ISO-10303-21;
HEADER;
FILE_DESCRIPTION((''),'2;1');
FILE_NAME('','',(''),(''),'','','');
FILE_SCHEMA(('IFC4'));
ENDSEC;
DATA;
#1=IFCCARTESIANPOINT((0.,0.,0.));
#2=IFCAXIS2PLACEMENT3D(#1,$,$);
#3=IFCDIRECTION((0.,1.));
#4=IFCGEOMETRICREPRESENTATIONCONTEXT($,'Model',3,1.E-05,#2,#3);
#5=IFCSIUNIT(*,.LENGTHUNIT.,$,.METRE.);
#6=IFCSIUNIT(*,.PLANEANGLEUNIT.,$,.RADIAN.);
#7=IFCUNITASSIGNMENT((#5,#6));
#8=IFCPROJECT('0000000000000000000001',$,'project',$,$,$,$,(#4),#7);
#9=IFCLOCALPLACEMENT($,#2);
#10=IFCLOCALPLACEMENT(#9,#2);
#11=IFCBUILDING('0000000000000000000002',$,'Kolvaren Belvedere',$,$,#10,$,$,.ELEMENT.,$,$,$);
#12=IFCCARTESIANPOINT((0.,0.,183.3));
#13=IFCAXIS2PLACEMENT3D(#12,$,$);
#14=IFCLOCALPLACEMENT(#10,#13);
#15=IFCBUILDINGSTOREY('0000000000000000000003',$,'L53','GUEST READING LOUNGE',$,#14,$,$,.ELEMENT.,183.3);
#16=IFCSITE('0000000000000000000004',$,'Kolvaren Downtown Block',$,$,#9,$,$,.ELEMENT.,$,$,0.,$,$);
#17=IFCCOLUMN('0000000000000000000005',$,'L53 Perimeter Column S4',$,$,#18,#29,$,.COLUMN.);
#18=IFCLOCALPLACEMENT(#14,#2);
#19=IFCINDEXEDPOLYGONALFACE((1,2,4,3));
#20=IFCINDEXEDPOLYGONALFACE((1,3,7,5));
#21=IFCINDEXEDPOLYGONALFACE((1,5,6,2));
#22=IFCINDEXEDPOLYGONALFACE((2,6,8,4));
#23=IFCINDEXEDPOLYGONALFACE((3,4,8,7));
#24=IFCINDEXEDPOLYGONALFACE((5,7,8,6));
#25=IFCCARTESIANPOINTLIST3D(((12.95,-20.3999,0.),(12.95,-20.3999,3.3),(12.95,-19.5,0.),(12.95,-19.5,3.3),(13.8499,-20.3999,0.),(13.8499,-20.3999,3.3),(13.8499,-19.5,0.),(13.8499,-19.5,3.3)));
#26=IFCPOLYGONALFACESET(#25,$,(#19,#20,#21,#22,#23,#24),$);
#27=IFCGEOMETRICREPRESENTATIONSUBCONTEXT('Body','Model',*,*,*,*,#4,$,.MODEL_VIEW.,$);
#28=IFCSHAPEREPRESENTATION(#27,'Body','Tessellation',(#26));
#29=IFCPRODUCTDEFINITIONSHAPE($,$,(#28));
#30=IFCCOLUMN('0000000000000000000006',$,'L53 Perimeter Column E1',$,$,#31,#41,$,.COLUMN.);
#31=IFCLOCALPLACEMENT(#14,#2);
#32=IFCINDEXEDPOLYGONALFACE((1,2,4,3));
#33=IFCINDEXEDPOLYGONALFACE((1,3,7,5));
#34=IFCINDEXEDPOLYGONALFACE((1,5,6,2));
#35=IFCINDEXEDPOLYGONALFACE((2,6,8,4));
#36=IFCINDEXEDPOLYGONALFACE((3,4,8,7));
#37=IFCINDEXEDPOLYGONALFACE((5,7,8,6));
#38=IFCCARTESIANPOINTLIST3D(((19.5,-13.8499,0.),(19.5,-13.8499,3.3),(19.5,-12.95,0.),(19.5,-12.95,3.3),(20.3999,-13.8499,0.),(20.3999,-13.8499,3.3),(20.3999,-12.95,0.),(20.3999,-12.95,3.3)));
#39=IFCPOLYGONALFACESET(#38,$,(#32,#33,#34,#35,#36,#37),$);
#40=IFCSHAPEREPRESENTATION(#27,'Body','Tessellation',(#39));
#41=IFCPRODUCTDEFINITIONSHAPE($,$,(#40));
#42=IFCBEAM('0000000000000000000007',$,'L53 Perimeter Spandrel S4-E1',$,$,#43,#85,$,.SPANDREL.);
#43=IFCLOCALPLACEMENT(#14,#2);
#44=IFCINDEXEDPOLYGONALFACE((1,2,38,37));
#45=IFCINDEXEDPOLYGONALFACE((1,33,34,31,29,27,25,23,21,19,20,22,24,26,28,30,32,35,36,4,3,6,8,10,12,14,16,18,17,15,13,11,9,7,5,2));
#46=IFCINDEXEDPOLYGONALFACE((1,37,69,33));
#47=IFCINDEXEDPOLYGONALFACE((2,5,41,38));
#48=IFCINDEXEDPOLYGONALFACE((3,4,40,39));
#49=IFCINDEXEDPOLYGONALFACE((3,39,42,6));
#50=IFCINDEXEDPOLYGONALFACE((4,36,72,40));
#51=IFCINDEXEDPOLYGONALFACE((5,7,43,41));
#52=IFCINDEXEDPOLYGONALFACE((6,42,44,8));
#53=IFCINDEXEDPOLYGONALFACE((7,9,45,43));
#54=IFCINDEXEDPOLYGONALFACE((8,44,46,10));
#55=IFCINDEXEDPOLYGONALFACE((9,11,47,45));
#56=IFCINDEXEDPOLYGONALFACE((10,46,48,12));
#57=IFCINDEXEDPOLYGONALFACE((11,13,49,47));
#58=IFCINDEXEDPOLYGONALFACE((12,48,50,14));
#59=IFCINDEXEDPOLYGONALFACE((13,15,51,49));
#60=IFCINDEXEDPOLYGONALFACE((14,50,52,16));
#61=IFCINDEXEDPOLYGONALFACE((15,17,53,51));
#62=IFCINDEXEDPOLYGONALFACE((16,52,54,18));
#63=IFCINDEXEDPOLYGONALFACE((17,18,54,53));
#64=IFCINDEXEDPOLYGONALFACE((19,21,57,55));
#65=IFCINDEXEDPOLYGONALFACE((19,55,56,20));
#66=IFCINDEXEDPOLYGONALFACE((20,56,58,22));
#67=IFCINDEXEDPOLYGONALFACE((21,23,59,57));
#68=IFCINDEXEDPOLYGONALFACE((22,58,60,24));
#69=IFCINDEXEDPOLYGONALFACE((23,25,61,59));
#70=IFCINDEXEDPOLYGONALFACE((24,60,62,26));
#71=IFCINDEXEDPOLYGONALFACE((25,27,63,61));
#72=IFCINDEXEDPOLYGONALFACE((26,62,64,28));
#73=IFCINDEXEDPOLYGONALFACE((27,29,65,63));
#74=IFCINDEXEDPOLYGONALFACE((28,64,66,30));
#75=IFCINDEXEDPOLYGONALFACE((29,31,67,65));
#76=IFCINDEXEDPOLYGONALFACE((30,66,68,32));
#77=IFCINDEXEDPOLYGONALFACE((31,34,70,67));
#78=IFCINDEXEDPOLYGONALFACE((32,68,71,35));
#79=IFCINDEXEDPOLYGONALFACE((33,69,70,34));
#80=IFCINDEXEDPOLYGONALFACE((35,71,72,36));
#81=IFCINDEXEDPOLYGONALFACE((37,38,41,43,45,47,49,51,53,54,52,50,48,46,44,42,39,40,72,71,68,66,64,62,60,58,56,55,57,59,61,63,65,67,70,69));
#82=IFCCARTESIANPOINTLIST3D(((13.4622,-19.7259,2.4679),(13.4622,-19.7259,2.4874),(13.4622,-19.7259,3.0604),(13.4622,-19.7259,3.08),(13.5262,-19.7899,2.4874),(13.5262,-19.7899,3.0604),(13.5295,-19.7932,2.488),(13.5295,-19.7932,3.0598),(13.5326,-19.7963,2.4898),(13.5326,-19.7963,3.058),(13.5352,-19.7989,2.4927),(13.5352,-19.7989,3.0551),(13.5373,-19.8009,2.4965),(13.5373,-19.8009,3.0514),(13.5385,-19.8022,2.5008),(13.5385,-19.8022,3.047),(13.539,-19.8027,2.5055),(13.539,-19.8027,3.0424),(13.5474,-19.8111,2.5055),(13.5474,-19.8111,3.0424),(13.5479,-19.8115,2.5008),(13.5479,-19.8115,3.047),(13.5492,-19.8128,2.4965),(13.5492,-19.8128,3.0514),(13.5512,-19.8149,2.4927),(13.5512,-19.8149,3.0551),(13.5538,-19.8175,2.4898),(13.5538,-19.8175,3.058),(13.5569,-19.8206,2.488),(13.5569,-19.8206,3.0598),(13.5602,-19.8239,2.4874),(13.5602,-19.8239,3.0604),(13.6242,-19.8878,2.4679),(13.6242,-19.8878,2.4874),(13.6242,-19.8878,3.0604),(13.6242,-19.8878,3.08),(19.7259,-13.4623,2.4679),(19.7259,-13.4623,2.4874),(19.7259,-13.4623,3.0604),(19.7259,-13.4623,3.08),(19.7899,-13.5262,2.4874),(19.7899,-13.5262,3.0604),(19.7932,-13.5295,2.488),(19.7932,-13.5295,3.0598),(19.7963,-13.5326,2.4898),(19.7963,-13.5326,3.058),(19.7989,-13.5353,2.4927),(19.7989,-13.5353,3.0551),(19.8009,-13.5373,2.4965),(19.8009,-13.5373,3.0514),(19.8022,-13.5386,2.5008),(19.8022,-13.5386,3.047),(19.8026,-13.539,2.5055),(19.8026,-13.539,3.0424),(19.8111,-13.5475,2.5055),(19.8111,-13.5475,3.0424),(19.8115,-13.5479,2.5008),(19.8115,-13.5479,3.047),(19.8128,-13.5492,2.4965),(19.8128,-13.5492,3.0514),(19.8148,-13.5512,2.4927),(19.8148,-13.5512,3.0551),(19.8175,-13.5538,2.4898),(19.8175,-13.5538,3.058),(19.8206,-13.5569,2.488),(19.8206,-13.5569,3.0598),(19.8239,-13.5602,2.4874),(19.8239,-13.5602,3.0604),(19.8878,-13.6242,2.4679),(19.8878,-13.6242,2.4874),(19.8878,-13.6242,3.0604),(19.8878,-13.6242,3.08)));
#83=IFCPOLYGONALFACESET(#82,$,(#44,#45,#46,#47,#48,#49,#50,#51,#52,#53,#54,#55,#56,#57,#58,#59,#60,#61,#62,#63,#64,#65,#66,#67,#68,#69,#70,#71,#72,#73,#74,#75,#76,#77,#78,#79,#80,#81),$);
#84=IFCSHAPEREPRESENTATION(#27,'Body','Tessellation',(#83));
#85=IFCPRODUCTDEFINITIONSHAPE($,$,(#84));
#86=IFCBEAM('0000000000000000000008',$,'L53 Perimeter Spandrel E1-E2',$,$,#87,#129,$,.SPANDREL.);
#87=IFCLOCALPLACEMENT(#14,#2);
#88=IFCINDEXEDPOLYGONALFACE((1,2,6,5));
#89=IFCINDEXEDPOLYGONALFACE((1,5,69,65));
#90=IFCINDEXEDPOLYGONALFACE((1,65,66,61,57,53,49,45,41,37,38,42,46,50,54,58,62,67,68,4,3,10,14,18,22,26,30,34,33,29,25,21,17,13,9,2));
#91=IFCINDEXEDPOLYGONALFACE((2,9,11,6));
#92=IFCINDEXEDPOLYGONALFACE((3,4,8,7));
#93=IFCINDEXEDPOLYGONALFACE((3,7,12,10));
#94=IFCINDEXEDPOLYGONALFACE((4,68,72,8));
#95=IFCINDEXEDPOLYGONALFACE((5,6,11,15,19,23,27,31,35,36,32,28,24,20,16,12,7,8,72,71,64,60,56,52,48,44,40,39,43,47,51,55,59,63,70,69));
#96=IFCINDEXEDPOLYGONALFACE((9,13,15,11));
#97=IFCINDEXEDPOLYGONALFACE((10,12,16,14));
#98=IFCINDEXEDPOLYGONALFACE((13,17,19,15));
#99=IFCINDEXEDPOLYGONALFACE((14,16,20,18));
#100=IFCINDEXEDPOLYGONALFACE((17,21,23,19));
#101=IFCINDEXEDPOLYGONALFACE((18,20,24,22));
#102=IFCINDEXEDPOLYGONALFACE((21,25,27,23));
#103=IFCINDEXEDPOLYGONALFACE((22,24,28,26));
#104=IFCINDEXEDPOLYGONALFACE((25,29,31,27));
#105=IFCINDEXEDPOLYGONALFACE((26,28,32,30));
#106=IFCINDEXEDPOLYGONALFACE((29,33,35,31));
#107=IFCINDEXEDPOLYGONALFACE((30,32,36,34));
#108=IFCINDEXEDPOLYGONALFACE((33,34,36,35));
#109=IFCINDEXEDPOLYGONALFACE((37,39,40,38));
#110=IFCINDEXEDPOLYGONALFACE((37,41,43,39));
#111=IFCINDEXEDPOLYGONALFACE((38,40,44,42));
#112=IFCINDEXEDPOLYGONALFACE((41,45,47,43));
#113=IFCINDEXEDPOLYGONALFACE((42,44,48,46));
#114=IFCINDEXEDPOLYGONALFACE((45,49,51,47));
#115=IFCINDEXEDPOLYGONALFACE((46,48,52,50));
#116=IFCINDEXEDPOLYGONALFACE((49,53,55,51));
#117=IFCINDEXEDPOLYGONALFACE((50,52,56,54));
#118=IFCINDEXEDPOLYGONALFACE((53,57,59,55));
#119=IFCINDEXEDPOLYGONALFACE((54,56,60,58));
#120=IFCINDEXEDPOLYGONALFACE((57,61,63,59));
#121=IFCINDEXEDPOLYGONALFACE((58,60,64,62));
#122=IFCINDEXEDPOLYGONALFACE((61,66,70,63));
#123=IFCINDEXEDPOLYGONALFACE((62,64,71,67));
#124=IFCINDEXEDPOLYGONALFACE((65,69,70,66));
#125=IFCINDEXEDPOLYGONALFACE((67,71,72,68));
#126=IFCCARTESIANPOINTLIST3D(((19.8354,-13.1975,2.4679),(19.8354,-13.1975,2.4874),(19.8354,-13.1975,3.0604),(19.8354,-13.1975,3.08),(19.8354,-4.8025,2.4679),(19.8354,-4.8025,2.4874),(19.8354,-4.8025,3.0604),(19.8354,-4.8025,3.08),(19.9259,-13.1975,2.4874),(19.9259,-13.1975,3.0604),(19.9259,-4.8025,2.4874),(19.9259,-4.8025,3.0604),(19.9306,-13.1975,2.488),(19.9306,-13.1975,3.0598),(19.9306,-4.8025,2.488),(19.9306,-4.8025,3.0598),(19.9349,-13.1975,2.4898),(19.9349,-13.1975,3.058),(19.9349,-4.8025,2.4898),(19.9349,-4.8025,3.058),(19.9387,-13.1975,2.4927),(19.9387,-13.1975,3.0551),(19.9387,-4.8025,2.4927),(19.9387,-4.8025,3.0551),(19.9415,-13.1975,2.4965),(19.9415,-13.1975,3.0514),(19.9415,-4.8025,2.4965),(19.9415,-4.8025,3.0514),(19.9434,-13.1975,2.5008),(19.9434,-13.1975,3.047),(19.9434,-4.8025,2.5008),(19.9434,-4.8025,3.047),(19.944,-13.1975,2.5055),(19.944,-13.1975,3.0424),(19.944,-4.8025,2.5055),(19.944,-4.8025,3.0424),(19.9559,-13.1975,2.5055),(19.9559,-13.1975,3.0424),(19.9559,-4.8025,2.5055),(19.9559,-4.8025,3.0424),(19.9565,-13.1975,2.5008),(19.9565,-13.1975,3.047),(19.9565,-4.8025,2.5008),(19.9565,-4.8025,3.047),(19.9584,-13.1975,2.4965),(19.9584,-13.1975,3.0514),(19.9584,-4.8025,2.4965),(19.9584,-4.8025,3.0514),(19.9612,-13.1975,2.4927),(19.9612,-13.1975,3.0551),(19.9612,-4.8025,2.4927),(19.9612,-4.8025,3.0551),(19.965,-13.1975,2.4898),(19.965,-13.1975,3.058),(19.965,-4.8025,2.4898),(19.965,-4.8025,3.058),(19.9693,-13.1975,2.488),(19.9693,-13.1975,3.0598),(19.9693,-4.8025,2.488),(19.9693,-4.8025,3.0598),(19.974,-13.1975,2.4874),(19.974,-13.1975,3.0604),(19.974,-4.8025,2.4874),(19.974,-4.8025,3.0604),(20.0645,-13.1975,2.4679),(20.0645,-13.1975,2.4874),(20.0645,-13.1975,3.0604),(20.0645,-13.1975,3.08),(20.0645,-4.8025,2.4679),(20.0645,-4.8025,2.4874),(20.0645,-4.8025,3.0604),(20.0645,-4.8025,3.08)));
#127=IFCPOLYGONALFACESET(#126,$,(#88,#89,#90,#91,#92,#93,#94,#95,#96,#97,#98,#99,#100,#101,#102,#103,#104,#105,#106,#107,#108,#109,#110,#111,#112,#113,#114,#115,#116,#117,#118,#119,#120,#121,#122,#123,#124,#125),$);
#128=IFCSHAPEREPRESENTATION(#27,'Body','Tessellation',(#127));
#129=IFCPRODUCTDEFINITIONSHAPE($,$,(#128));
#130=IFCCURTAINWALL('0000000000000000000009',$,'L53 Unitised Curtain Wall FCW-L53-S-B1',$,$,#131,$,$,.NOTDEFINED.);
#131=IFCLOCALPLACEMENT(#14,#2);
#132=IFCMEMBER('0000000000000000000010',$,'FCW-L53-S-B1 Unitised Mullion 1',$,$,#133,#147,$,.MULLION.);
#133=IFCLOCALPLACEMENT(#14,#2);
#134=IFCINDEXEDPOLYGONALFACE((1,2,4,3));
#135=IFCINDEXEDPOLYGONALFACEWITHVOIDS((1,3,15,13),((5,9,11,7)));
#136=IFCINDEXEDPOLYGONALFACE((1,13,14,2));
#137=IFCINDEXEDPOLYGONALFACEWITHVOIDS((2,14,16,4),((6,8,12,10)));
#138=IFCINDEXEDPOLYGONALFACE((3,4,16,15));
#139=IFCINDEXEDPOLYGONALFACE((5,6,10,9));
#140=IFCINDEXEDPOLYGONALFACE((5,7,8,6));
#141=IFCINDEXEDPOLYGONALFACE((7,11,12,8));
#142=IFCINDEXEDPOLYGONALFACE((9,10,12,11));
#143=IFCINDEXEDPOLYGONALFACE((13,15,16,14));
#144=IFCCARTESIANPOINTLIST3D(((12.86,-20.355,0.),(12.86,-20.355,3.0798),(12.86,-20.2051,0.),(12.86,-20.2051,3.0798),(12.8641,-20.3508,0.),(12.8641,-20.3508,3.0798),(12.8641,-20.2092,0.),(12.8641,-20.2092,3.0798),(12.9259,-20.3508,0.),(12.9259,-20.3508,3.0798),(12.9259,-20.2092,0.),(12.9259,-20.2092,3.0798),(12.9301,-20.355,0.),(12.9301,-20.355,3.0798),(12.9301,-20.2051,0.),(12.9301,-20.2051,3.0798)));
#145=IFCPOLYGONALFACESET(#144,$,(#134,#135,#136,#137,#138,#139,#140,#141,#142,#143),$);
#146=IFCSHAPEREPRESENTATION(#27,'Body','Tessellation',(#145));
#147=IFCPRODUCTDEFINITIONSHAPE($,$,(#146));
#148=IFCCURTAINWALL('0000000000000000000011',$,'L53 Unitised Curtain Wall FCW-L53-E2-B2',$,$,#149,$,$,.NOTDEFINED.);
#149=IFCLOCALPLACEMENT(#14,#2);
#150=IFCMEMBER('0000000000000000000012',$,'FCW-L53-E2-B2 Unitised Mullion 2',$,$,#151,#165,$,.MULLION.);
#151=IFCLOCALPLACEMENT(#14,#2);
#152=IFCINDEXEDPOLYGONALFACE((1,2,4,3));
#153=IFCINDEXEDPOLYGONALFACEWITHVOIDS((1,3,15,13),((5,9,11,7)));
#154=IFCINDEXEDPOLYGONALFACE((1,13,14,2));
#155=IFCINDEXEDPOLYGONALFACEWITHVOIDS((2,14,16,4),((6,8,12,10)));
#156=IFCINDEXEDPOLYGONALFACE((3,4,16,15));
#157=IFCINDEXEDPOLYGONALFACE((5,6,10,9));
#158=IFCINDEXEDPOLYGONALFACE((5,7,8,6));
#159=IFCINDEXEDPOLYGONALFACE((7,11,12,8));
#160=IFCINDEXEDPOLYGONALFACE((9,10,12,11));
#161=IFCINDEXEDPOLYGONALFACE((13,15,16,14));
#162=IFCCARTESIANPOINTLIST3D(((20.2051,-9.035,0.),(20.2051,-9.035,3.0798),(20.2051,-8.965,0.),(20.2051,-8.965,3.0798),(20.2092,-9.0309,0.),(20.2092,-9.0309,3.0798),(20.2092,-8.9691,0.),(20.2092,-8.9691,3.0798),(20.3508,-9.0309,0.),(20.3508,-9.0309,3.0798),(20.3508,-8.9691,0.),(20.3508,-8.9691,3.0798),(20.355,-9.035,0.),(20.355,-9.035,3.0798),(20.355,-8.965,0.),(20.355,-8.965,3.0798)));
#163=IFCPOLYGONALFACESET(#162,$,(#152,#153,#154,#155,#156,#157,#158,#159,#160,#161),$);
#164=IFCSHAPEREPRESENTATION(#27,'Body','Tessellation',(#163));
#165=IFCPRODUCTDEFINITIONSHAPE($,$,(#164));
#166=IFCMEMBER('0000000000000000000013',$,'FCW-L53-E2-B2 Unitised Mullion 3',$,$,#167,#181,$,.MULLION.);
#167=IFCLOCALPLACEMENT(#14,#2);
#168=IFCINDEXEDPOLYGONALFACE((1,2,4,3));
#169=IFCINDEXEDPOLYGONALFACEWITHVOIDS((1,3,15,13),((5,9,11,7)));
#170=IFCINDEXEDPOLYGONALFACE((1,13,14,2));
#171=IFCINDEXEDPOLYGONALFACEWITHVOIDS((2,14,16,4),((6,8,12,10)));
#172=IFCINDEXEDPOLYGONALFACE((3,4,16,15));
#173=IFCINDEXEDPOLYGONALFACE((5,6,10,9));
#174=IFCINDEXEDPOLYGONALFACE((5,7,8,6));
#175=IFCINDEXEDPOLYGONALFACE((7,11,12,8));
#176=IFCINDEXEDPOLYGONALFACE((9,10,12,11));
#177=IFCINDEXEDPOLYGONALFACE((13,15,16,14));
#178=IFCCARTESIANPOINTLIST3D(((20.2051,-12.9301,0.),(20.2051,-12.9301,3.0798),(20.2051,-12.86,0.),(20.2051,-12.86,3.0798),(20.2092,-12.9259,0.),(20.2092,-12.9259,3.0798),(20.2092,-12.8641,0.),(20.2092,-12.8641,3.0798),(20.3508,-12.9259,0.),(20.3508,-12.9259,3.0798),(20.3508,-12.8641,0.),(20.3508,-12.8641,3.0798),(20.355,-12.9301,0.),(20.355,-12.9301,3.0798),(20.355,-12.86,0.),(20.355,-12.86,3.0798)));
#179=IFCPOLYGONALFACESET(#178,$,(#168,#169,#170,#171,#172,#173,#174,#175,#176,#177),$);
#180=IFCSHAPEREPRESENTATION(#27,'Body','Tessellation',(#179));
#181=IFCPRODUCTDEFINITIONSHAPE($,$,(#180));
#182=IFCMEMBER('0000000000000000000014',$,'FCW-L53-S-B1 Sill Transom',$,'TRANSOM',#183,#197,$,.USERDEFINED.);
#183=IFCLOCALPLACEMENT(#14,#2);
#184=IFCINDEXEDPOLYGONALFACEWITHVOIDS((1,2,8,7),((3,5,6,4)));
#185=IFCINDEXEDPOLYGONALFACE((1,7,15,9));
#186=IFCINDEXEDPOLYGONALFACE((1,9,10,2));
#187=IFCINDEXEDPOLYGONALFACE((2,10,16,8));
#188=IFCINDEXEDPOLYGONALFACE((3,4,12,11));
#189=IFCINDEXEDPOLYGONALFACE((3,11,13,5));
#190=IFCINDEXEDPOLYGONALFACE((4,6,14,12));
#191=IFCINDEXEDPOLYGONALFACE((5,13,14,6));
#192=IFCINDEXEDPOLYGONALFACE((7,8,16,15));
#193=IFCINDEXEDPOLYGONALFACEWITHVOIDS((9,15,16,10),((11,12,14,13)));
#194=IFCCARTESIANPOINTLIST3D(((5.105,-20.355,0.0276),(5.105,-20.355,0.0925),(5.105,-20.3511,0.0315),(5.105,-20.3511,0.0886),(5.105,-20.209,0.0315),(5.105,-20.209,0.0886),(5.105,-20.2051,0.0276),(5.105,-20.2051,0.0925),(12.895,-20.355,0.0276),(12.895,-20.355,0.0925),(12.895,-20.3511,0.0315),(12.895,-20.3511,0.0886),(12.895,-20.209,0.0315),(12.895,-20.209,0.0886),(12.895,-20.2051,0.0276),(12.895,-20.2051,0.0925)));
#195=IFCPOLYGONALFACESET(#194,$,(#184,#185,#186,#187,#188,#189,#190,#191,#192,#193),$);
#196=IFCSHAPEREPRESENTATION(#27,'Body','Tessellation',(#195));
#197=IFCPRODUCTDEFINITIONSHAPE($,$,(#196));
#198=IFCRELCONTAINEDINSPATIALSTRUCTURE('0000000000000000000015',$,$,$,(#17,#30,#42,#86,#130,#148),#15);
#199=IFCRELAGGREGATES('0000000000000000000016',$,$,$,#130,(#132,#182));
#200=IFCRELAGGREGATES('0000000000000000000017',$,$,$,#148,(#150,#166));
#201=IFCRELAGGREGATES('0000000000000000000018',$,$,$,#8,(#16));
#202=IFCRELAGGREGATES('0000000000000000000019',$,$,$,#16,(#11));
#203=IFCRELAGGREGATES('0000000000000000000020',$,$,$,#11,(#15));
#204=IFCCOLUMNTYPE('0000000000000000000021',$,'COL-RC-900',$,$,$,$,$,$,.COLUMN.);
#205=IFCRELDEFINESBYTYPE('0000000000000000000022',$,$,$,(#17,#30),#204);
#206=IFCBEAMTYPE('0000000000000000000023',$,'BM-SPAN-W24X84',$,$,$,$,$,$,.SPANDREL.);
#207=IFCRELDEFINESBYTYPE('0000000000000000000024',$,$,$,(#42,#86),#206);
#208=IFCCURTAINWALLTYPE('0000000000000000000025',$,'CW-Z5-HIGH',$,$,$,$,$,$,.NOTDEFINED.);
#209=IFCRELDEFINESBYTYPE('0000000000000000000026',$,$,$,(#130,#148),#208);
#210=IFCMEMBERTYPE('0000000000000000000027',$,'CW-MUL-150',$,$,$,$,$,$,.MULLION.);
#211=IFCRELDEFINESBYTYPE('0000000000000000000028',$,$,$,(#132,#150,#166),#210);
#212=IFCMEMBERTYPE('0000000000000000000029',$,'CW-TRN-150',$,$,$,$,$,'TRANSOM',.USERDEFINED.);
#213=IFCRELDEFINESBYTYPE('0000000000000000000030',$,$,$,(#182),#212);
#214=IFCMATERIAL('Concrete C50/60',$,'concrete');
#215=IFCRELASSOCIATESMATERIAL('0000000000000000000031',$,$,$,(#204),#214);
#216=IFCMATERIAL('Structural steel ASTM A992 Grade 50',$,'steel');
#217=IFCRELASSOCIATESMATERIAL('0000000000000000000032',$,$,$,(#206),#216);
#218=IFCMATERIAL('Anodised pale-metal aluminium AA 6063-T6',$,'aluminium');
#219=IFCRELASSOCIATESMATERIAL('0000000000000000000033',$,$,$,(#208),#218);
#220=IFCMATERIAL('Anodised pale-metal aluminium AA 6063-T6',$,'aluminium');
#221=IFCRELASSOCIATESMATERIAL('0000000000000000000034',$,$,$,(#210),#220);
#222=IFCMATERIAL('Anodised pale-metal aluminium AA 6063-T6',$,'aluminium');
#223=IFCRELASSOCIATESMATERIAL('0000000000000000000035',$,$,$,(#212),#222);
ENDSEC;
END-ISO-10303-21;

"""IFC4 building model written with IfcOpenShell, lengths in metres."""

from ifc_helpers import new_model, si_unit, direction, frame, origin, origin_2d, place, context, subcontext, project, spatial, rectangle, hollow_rectangle, i_section, extrude, material, material_profile, profile_set, type_object, element, aggregate, save


model = new_model("IFC4")

# Units and contexts
model_context = context("Model", 3, precision=1e-05, world=origin(), true_north=direction((0.0, 1.0)))
body_context = subcontext(model_context, "Body", "Model", "MODEL_VIEW")
ifc_project = project(units=[si_unit("LENGTHUNIT", "METRE"), si_unit("PLANEANGLEUNIT", "RADIAN")], contexts=[model_context])

# Site, building, storey
site_placement = place(None, origin())
site = spatial("IfcSite", under=ifc_project, at=site_placement, Name="Kolvaren Downtown Block", CompositionType="ELEMENT", RefElevation=0.0)
building_placement = place(site_placement, origin())
building = spatial("IfcBuilding", under=site, at=building_placement, Name="Kolvaren Belvedere", CompositionType="ELEMENT")
storey_placement = place(building_placement, frame((0.0, 0.0, 183.3)))
storey = spatial("IfcBuildingStorey", under=building, at=storey_placement, Name="L53", Description="GUEST READING LOUNGE", CompositionType="ELEMENT", Elevation=183.3)

# Columns
ifc_material_1 = material(Name="Concrete C50/60", Category="concrete")
ifc_material_profile_1 = material_profile(ifc_material_1, rectangle(XDim=0.8999, YDim=0.8999, at=origin_2d()), Name="RC 900X900")
ifc_profile_set_1 = profile_set([ifc_material_profile_1], Name="Concrete C50/60")
column_type = type_object("IfcColumnType", Name="COL-RC-900", PredefinedType="COLUMN", material=ifc_profile_set_1)
for number, where, z_axis, x_axis, name in (
    (1, (13.3999, -19.95, 0.0), (0.0, 0.0, 1.0), (1.0, 0.0, 0.0), "L53 Perimeter Column S4"),
    (2, (19.95, -13.3999, 0.0), (0.0, 0.0, 1.0), (1.0, 0.0, 0.0), "L53 Perimeter Column E1"),
):
    element("IfcColumn", number, at=place(storey_placement, frame(where, z_axis=z_axis, x_axis=x_axis)), inside=storey, type_object=column_type, Name=name, PredefinedType="COLUMN", context=body_context, shape_type="SweptSolid", body=[
        extrude(rectangle(XDim=0.8999, YDim=0.8999, at=origin_2d()), origin(), (0.0, 0.0, 1.0), 3.3),
    ])

# Beams
ifc_material_2 = material(Name="Structural steel ASTM A992 Grade 50", Category="steel")
ifc_material_profile_2 = material_profile(ifc_material_2, i_section(OverallWidth=0.229, OverallDepth=0.6121, WebThickness=0.012, FlangeThickness=0.0195, FilletRadius=0.0181, at=origin_2d()), Name="W24X84")
ifc_profile_set_2 = profile_set([ifc_material_profile_2], Name="Structural steel ASTM A992 Grade 50")
beam_type = type_object("IfcBeamType", Name="BM-SPAN-W24X84", PredefinedType="SPANDREL", material=ifc_profile_set_2)
beam_1_placement = place(storey_placement, frame((13.5432, -19.8069, 2.7739), z_axis=(0.707107, 0.707107, 0.0), x_axis=(-0.707107, 0.707107, 0.0)))
element("IfcBeam", 3, at=beam_1_placement, inside=storey, type_object=beam_type, Name="L53 Perimeter Spandrel S4-E1", PredefinedType="SPANDREL", context=body_context, shape_type="SweptSolid", body=[
    extrude(i_section(OverallWidth=0.229, OverallDepth=0.6121, WebThickness=0.012, FlangeThickness=0.0195, FilletRadius=0.0181, at=origin_2d()), origin(), (0.0, 0.0, 1.0), 8.8582),
])
beam_2_placement = place(storey_placement, frame((19.95, -13.1975, 2.7739), z_axis=(0.0, 1.0, 0.0), x_axis=(-1.0, 0.0, 0.0)))
element("IfcBeam", 4, at=beam_2_placement, inside=storey, type_object=beam_type, Name="L53 Perimeter Spandrel E1-E2", PredefinedType="SPANDREL", context=body_context, shape_type="SweptSolid", body=[
    extrude(i_section(OverallWidth=0.229, OverallDepth=0.6121, WebThickness=0.012, FlangeThickness=0.0195, FilletRadius=0.0181, at=origin_2d()), origin(), (0.0, 0.0, 1.0), 8.395),
])

# Curtain wall, member
ifc_material_3 = material(Name="Anodised pale-metal aluminium AA 6063-T6", Category="aluminium")
curtain_wall_type = type_object("IfcCurtainWallType", Name="CW-Z5-HIGH", PredefinedType="NOTDEFINED", material=ifc_material_3)
curtain_wall_1_placement = place(storey_placement, origin())
curtain_wall_1 = element("IfcCurtainWall", 5, at=curtain_wall_1_placement, inside=storey, type_object=curtain_wall_type, Name="L53 Unitised Curtain Wall FCW-L53-S-B1", PredefinedType="NOTDEFINED")
ifc_material_4 = material(Name="Anodised pale-metal aluminium AA 6063-T6", Category="aluminium")
ifc_material_profile_3 = material_profile(ifc_material_4, hollow_rectangle(XDim=0.0701, YDim=0.1499, WallThickness=0.0042, at=origin_2d()), Name="ALU-MUL-150X70")
ifc_profile_set_3 = profile_set([ifc_material_profile_3], Name="Anodised pale-metal aluminium AA 6063-T6")
member_type_1 = type_object("IfcMemberType", Name="CW-MUL-150", PredefinedType="MULLION", material=ifc_profile_set_3)
member_1_placement = place(storey_placement, frame((12.895, -20.28, 0.0), z_axis=(0.0, 0.0, 1.0), x_axis=(1.0, 0.0, 0.0)))
member_1 = element("IfcMember", 6, at=member_1_placement, type_object=member_type_1, Name="FCW-L53-S-B1 Unitised Mullion 1", PredefinedType="MULLION", context=body_context, shape_type="SweptSolid", body=[
    extrude(hollow_rectangle(XDim=0.0701, YDim=0.1499, WallThickness=0.0042, at=origin_2d()), origin(), (0.0, 0.0, 1.0), 3.0798),
])

# Curtain wall, members
curtain_wall_2_placement = place(storey_placement, origin())
curtain_wall_2 = element("IfcCurtainWall", 7, at=curtain_wall_2_placement, inside=storey, type_object=curtain_wall_type, Name="L53 Unitised Curtain Wall FCW-L53-E2-B2", PredefinedType="NOTDEFINED")
member_2_placement = place(storey_placement, frame((20.28, -9.0, 0.0), z_axis=(0.0, 0.0, 1.0), x_axis=(0.0, 1.0, 0.0)))
member_2 = element("IfcMember", 8, at=member_2_placement, type_object=member_type_1, Name="FCW-L53-E2-B2 Unitised Mullion 2", PredefinedType="MULLION", context=body_context, shape_type="SweptSolid", body=[
    extrude(hollow_rectangle(XDim=0.0701, YDim=0.1499, WallThickness=0.0042, at=origin_2d()), origin(), (0.0, 0.0, 1.0), 3.0798),
])
member_3_placement = place(storey_placement, frame((20.28, -12.895, 0.0), z_axis=(0.0, 0.0, 1.0), x_axis=(0.0, 1.0, 0.0)))
member_3 = element("IfcMember", 9, at=member_3_placement, type_object=member_type_1, Name="FCW-L53-E2-B2 Unitised Mullion 3", PredefinedType="MULLION", context=body_context, shape_type="SweptSolid", body=[
    extrude(hollow_rectangle(XDim=0.0701, YDim=0.1499, WallThickness=0.0042, at=origin_2d()), origin(), (0.0, 0.0, 1.0), 3.0798),
])

# Member
ifc_material_5 = material(Name="Anodised pale-metal aluminium AA 6063-T6", Category="aluminium")
ifc_material_profile_4 = material_profile(ifc_material_5, hollow_rectangle(XDim=0.0649, YDim=0.1499, WallThickness=0.0039, at=origin_2d()), Name="ALU-TRN-150X65")
ifc_profile_set_4 = profile_set([ifc_material_profile_4], Name="Anodised pale-metal aluminium AA 6063-T6")
member_type_2 = type_object("IfcMemberType", Name="CW-TRN-150", ElementType="TRANSOM", PredefinedType="USERDEFINED", material=ifc_profile_set_4)
member_4_placement = place(storey_placement, frame((12.895, -20.28, 0.0601), z_axis=(-1.0, 0.0, 0.0), x_axis=(0.0, 0.0, 1.0)))
member_4 = element("IfcMember", 10, at=member_4_placement, type_object=member_type_2, Name="FCW-L53-S-B1 Sill Transom", ObjectType="TRANSOM", PredefinedType="USERDEFINED", context=body_context, shape_type="SweptSolid", body=[
    extrude(hollow_rectangle(XDim=0.0649, YDim=0.1499, WallThickness=0.0039, at=origin_2d()), origin(), (0.0, 0.0, 1.0), 7.79),
])
aggregate(curtain_wall_1, [member_1, member_4])

aggregate(curtain_wall_2, [member_2, member_3])

save(model, "model.ifc")
